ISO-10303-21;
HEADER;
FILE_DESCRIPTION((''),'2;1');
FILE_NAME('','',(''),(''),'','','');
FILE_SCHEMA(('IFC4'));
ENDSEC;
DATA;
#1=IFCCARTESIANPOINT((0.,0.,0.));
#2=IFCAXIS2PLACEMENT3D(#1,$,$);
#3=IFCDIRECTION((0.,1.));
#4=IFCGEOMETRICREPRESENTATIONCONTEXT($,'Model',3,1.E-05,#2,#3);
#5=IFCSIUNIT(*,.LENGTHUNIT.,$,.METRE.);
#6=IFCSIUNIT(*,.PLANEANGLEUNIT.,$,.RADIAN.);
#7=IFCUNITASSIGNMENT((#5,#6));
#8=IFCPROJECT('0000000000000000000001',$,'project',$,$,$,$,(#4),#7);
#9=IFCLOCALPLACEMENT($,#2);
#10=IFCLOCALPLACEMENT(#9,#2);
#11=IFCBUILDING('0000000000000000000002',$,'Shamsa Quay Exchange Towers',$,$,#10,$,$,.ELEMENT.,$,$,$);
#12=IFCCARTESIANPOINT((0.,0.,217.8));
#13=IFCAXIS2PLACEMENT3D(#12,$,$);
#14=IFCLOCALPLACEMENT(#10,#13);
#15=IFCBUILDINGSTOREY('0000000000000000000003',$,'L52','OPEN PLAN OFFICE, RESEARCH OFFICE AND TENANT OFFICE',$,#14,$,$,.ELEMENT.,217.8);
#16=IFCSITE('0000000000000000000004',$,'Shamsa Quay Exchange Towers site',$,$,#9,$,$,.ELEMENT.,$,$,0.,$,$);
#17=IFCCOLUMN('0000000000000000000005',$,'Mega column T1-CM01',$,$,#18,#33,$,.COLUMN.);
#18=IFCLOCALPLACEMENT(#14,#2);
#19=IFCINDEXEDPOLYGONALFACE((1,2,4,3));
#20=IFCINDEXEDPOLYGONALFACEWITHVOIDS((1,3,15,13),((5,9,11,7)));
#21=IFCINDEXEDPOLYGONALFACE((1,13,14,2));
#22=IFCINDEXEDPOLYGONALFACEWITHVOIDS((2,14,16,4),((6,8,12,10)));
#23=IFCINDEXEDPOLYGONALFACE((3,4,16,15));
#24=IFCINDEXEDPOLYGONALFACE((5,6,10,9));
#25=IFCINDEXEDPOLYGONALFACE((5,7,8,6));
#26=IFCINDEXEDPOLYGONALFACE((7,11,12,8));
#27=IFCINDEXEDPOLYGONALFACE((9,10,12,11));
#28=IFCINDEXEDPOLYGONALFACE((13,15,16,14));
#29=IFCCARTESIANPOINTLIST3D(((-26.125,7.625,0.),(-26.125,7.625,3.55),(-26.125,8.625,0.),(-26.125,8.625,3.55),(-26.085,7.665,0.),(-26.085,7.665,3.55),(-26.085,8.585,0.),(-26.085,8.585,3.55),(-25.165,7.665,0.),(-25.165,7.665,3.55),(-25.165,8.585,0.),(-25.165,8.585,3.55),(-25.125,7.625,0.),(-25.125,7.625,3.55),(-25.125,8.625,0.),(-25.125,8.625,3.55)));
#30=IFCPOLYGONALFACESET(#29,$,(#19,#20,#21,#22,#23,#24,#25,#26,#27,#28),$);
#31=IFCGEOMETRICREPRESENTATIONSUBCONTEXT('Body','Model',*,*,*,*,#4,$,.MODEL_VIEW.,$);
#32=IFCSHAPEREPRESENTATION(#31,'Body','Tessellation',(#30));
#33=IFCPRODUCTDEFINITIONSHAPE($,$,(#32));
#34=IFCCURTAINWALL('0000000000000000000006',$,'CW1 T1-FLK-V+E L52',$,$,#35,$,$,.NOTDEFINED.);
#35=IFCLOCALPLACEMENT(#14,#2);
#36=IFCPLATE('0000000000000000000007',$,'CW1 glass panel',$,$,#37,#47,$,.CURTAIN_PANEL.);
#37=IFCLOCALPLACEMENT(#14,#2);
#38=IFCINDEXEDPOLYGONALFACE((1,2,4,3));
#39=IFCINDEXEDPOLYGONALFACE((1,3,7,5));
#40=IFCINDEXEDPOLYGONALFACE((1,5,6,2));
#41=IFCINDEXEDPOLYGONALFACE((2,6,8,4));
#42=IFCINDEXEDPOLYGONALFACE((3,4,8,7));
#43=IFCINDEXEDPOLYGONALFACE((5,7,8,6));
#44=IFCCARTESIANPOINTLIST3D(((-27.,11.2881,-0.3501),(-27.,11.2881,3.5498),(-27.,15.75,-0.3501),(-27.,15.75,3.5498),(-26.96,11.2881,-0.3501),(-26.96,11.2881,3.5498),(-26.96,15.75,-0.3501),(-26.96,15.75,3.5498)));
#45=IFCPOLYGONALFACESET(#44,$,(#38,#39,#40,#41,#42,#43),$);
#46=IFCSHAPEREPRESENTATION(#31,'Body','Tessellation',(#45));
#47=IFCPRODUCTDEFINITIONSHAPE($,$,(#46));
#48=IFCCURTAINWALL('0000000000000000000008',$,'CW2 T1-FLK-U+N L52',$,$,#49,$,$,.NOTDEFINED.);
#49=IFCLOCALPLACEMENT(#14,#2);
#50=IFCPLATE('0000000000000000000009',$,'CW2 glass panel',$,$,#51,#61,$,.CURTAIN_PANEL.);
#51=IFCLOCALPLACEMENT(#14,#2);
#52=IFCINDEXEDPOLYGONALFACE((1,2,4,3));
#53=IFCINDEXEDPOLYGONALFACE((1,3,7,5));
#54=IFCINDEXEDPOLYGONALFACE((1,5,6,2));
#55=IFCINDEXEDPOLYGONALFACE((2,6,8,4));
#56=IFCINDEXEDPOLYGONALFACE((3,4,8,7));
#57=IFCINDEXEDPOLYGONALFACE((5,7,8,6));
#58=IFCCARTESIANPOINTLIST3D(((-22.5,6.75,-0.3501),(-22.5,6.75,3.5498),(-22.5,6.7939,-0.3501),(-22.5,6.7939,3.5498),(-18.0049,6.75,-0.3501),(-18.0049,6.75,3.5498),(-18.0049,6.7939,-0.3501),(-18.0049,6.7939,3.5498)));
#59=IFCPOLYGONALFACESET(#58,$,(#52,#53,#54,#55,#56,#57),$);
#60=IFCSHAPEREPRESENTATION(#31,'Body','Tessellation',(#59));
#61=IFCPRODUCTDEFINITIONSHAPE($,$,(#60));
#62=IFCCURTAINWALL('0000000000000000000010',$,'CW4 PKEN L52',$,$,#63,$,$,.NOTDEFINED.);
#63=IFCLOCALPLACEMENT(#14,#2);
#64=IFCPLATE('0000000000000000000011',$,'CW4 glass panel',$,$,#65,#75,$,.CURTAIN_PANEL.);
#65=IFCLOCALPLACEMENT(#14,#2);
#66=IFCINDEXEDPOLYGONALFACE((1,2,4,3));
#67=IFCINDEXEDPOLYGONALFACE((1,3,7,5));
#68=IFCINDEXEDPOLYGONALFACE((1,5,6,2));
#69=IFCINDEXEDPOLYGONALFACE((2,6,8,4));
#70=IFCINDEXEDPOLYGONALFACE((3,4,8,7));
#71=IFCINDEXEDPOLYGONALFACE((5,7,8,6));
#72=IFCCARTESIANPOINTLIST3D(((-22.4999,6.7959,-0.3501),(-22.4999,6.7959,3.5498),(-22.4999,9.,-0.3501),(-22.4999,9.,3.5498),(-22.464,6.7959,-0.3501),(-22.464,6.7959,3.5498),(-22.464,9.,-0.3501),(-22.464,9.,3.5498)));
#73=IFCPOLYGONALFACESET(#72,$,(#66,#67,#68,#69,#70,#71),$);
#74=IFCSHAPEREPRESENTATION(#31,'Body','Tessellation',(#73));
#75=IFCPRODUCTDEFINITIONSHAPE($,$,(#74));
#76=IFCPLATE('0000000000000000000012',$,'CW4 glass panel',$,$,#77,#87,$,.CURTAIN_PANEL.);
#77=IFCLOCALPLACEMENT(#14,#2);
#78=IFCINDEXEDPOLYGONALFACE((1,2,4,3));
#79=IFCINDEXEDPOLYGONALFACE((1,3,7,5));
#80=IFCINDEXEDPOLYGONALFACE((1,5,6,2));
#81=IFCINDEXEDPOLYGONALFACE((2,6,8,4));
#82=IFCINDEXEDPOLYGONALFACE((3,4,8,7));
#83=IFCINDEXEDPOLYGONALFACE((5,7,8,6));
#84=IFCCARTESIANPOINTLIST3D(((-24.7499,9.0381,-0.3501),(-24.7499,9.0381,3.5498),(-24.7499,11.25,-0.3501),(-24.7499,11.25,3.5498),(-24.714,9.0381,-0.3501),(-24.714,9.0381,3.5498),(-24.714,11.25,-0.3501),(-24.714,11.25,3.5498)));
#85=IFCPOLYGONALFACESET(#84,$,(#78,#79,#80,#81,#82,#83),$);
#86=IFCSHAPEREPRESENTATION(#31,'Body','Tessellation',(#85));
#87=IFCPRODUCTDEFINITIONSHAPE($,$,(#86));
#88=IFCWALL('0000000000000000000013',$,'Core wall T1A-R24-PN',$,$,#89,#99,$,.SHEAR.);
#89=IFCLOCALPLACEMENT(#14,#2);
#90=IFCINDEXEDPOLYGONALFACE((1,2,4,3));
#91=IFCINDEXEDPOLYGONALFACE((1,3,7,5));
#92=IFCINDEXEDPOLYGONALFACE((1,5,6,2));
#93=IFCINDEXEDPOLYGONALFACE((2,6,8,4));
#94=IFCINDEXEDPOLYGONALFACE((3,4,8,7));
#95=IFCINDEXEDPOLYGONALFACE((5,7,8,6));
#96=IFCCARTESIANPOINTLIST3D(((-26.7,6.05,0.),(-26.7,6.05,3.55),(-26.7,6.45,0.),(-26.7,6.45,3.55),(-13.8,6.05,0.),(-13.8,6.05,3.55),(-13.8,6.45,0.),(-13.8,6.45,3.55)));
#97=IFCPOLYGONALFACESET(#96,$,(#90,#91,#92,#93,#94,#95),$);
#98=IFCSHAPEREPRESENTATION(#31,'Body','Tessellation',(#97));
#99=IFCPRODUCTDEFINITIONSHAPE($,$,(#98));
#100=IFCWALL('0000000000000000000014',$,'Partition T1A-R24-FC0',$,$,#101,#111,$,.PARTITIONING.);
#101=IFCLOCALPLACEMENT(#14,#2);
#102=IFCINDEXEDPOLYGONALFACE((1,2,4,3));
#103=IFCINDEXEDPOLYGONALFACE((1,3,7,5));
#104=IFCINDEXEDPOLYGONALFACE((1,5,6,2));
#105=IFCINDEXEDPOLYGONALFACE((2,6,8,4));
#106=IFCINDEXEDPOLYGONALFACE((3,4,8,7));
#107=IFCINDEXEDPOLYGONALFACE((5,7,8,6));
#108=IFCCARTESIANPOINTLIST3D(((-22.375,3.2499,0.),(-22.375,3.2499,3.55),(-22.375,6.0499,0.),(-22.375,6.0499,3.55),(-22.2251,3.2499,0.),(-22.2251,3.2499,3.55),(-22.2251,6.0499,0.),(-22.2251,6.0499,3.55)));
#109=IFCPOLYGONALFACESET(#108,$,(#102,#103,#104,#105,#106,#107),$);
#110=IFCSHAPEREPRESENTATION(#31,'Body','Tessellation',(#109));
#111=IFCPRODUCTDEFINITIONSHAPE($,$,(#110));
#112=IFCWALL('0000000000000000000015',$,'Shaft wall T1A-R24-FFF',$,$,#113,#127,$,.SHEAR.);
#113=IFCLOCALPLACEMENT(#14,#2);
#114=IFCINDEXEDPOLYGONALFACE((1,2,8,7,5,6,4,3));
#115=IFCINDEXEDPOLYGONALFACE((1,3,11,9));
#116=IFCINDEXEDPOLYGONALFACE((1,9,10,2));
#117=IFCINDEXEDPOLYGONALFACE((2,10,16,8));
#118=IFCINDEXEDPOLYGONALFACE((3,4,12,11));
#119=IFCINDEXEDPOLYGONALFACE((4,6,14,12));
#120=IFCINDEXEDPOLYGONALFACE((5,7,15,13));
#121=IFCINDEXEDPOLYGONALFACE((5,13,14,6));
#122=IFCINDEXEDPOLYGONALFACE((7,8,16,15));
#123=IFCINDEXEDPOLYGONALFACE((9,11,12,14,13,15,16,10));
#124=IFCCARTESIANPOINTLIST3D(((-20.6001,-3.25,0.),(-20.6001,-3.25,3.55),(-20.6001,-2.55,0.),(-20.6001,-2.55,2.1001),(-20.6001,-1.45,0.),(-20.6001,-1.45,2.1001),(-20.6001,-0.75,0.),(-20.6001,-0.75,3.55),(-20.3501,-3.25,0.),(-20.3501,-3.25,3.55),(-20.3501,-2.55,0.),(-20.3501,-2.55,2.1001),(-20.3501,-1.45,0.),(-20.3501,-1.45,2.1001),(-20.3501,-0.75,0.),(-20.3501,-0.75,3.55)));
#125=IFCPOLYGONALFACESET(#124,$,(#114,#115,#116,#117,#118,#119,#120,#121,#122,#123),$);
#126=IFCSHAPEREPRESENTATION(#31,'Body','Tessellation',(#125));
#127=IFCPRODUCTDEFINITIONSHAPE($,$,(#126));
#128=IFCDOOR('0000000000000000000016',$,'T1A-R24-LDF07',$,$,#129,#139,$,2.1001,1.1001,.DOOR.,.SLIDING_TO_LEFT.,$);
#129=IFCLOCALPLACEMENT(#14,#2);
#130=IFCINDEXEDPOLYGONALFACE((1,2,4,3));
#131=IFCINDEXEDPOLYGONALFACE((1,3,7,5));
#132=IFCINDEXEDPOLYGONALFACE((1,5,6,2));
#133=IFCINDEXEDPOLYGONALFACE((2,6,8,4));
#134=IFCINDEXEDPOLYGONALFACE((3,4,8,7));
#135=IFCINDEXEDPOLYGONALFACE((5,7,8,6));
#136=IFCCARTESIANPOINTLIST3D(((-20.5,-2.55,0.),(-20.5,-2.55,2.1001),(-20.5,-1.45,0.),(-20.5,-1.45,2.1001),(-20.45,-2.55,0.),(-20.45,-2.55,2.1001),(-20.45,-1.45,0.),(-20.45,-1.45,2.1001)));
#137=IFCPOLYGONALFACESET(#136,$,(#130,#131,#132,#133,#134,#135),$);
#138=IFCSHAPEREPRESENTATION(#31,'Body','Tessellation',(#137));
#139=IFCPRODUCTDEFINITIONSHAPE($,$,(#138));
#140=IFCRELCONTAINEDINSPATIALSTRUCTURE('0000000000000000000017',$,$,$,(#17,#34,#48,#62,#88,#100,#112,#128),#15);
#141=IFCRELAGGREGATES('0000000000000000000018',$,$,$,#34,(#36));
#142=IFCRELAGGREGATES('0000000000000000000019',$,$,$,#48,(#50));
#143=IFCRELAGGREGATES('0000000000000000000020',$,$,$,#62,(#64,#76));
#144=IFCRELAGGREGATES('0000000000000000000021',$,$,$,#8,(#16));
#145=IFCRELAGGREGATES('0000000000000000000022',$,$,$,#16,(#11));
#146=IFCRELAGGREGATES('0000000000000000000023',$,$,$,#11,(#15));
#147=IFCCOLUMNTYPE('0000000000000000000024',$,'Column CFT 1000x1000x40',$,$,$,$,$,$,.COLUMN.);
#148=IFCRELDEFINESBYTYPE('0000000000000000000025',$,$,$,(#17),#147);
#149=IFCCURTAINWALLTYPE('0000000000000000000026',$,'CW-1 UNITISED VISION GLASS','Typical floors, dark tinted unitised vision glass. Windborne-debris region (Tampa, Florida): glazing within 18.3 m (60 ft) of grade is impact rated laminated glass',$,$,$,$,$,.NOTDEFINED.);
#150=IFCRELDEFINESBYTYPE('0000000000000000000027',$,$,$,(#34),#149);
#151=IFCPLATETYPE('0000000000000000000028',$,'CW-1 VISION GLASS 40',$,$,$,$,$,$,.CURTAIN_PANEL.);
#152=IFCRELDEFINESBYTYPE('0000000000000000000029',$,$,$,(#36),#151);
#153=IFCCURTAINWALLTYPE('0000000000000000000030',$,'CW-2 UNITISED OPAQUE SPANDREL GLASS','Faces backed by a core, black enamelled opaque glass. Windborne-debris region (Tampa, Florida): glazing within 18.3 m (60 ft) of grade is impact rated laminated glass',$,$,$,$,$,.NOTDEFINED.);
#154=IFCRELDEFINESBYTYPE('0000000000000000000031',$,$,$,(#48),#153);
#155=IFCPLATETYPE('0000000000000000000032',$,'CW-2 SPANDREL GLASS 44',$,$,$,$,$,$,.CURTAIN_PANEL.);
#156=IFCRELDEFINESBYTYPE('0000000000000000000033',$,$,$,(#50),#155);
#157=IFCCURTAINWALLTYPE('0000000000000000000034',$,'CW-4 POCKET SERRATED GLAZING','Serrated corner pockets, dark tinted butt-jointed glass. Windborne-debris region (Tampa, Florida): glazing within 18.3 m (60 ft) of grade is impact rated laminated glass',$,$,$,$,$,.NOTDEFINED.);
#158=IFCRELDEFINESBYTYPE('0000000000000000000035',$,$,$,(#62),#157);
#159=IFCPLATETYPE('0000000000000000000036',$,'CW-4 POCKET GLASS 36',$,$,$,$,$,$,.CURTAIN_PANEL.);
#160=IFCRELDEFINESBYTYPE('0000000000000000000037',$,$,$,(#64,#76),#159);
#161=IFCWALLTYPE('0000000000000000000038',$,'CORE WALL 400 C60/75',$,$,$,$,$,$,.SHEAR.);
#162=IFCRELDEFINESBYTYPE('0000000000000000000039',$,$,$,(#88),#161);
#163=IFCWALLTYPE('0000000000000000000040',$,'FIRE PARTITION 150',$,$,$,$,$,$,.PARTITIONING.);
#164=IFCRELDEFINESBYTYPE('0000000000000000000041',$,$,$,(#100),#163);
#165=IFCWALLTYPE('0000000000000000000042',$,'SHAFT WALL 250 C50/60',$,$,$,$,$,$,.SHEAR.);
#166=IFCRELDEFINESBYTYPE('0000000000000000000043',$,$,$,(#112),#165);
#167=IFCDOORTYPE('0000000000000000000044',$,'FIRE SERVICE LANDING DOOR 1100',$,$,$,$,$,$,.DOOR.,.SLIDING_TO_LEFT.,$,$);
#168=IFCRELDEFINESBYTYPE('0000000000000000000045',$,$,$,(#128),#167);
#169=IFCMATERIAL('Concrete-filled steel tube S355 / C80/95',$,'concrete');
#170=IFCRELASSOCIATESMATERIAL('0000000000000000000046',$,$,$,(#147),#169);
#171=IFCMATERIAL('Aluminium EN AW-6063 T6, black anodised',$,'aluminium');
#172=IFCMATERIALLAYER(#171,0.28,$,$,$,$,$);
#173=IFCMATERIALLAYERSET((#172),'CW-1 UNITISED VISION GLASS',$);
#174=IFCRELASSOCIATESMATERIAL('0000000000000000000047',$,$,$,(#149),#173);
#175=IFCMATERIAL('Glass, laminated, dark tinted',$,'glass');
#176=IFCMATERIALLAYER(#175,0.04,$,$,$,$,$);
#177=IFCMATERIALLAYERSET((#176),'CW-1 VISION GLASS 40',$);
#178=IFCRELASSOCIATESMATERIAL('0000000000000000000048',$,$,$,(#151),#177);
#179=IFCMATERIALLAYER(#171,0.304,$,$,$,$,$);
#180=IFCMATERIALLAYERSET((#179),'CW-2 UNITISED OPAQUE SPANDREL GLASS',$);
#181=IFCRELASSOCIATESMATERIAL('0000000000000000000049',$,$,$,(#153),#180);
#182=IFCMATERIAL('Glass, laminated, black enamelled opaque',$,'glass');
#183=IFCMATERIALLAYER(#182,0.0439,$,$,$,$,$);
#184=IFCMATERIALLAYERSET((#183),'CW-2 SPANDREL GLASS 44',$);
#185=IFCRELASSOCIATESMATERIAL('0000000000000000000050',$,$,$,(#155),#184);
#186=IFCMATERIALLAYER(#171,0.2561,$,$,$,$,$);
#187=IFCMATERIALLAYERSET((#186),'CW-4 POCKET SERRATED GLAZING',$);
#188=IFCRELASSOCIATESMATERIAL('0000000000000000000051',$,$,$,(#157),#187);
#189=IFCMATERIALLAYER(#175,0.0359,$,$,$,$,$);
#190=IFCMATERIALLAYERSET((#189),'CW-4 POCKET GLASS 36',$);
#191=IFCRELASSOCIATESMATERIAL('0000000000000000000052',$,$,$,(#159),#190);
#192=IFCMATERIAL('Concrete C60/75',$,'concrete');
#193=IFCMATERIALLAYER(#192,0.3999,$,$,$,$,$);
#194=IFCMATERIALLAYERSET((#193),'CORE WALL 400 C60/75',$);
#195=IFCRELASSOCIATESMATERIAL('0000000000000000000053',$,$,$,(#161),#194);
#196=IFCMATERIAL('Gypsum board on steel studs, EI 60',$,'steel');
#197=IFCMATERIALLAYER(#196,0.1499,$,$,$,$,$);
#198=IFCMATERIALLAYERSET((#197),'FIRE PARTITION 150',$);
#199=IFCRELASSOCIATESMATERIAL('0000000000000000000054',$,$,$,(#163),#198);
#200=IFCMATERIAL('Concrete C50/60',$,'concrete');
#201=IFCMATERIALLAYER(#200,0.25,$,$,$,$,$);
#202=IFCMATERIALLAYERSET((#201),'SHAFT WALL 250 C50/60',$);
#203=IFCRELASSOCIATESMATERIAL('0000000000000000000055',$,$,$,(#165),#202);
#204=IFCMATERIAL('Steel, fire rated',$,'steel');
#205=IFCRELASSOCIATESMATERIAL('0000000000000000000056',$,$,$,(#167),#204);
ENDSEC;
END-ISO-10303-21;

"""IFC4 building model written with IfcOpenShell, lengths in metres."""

from ifc_helpers import new_model, si_unit, direction, frame, frame_2d, origin, origin_2d, place, context, subcontext, project, spatial, rectangle, hollow_rectangle, extrude, material, layer, layer_set, material_profile, profile_set, type_object, element, fill, aggregate, save


model = new_model("IFC4")

# Units and contexts
model_context = context("Model", 3, precision=1e-05, world=origin(), true_north=direction((0.0, 1.0)))
body_context = subcontext(model_context, "Body", "Model", "MODEL_VIEW")
ifc_project = project(units=[si_unit("LENGTHUNIT", "METRE"), si_unit("PLANEANGLEUNIT", "RADIAN")], contexts=[model_context])

# Site, building, storey
site_placement = place(None, origin())
site = spatial("IfcSite", under=ifc_project, at=site_placement, Name="Shamsa Quay Exchange Towers site", CompositionType="ELEMENT", RefElevation=0.0)
building_placement = place(site_placement, origin())
building = spatial("IfcBuilding", under=site, at=building_placement, Name="Shamsa Quay Exchange Towers", CompositionType="ELEMENT")
storey_placement = place(building_placement, frame((0.0, 0.0, 217.8)))
storey = spatial("IfcBuildingStorey", under=building, at=storey_placement, Name="L52", Description="OPEN PLAN OFFICE, RESEARCH OFFICE AND TENANT OFFICE", CompositionType="ELEMENT", Elevation=217.8)

# Column
ifc_material_1 = material(Name="Concrete-filled steel tube S355 / C80/95", Category="concrete")
ifc_material_profile = material_profile(ifc_material_1, hollow_rectangle(XDim=1.0, YDim=1.0, WallThickness=0.04, at=origin_2d()), Name="CFT 1000x1000x40")
ifc_profile_set = profile_set([ifc_material_profile], Name="Concrete-filled steel tube S355 / C80/95")
column_type = type_object("IfcColumnType", Name="Column CFT 1000x1000x40", PredefinedType="COLUMN", material=ifc_profile_set)
column_placement = place(storey_placement, frame((-25.625, 8.125, 0.0)))
element("IfcColumn", 1, at=column_placement, inside=storey, type_object=column_type, Name="Mega column T1-CM01", PredefinedType="COLUMN", context=body_context, shape_type="SweptSolid", body=[
    extrude(hollow_rectangle(XDim=1.0, YDim=1.0, WallThickness=0.04, at=origin_2d()), origin(), (0.0, 0.0, 1.0), 3.55),
])

# Curtain walls, plates
ifc_material_2 = material(Name="Aluminium EN AW-6063 T6, black anodised", Category="aluminium")
ifc_layer_1 = layer(ifc_material_2, 0.28)
ifc_layer_set_1 = layer_set([ifc_layer_1], Name="CW-1 UNITISED VISION GLASS")
curtain_wall_type_1 = type_object("IfcCurtainWallType", Name="CW-1 UNITISED VISION GLASS", Description="Typical floors, dark tinted unitised vision glass. Windborne-debris region (Tampa, Florida): glazing within 18.3 m (60 ft) of grade is impact rated laminated glass", PredefinedType="NOTDEFINED", material=ifc_layer_set_1)
curtain_wall_1_placement = place(storey_placement, origin())
curtain_wall_1 = element("IfcCurtainWall", 2, at=curtain_wall_1_placement, inside=storey, type_object=curtain_wall_type_1, Name="CW1 T1-FLK-V+E L52", PredefinedType="NOTDEFINED")
ifc_material_3 = material(Name="Glass, laminated, dark tinted", Category="glass")
ifc_layer_2 = layer(ifc_material_3, 0.04)
ifc_layer_set_2 = layer_set([ifc_layer_2], Name="CW-1 VISION GLASS 40")
plate_type_1 = type_object("IfcPlateType", Name="CW-1 VISION GLASS 40", PredefinedType="CURTAIN_PANEL", material=ifc_layer_set_2)
plate_1_placement = place(storey_placement, frame((-26.98, 13.519, -0.3501), z_axis=(0.0, 0.0, 1.0), x_axis=(0.0, 1.0, 0.0)))
plate_1 = element("IfcPlate", 3, at=plate_1_placement, type_object=plate_type_1, Name="CW1 glass panel", PredefinedType="CURTAIN_PANEL", context=body_context, shape_type="SweptSolid", body=[
    extrude(rectangle(XDim=4.4619, YDim=0.04, at=origin_2d()), origin(), (0.0, 0.0, 1.0), 3.8999),
])
aggregate(curtain_wall_1, [plate_1])
ifc_layer_3 = layer(ifc_material_2, 0.304)
ifc_layer_set_3 = layer_set([ifc_layer_3], Name="CW-2 UNITISED OPAQUE SPANDREL GLASS")
curtain_wall_type_2 = type_object("IfcCurtainWallType", Name="CW-2 UNITISED OPAQUE SPANDREL GLASS", Description="Faces backed by a core, black enamelled opaque glass. Windborne-debris region (Tampa, Florida): glazing within 18.3 m (60 ft) of grade is impact rated laminated glass", PredefinedType="NOTDEFINED", material=ifc_layer_set_3)
curtain_wall_2_placement = place(storey_placement, origin())
curtain_wall_2 = element("IfcCurtainWall", 4, at=curtain_wall_2_placement, inside=storey, type_object=curtain_wall_type_2, Name="CW2 T1-FLK-U+N L52", PredefinedType="NOTDEFINED")
ifc_material_4 = material(Name="Glass, laminated, black enamelled opaque", Category="glass")
ifc_layer_4 = layer(ifc_material_4, 0.0439)
ifc_layer_set_4 = layer_set([ifc_layer_4], Name="CW-2 SPANDREL GLASS 44")
plate_type_2 = type_object("IfcPlateType", Name="CW-2 SPANDREL GLASS 44", PredefinedType="CURTAIN_PANEL", material=ifc_layer_set_4)
plate_2_placement = place(storey_placement, frame((-20.2524, 6.772, -0.3501), z_axis=(0.0, 0.0, 1.0), x_axis=(-1.0, 0.0, 0.0)))
plate_2 = element("IfcPlate", 5, at=plate_2_placement, type_object=plate_type_2, Name="CW2 glass panel", PredefinedType="CURTAIN_PANEL", context=body_context, shape_type="SweptSolid", body=[
    extrude(rectangle(XDim=4.4951, YDim=0.0439, at=origin_2d()), origin(), (0.0, 0.0, 1.0), 3.8999),
])
aggregate(curtain_wall_2, [plate_2])

# Curtain wall, plates
ifc_layer_5 = layer(ifc_material_2, 0.2561)
ifc_layer_set_5 = layer_set([ifc_layer_5], Name="CW-4 POCKET SERRATED GLAZING")
curtain_wall_type_3 = type_object("IfcCurtainWallType", Name="CW-4 POCKET SERRATED GLAZING", Description="Serrated corner pockets, dark tinted butt-jointed glass. Windborne-debris region (Tampa, Florida): glazing within 18.3 m (60 ft) of grade is impact rated laminated glass", PredefinedType="NOTDEFINED", material=ifc_layer_set_5)
curtain_wall_3_placement = place(storey_placement, origin())
curtain_wall_3 = element("IfcCurtainWall", 6, at=curtain_wall_3_placement, inside=storey, type_object=curtain_wall_type_3, Name="CW4 PKEN L52", PredefinedType="NOTDEFINED")
ifc_layer_6 = layer(ifc_material_3, 0.0359)
ifc_layer_set_6 = layer_set([ifc_layer_6], Name="CW-4 POCKET GLASS 36")
plate_type_3 = type_object("IfcPlateType", Name="CW-4 POCKET GLASS 36", PredefinedType="CURTAIN_PANEL", material=ifc_layer_set_6)
plate_3_placement = place(storey_placement, frame((-22.4819, 7.8979, -0.3501), z_axis=(0.0, 0.0, 1.0), x_axis=(0.0, 1.0, 0.0)))
plate_3 = element("IfcPlate", 7, at=plate_3_placement, type_object=plate_type_3, Name="CW4 glass panel", PredefinedType="CURTAIN_PANEL", context=body_context, shape_type="SweptSolid", body=[
    extrude(rectangle(XDim=2.2041, YDim=0.0359, at=origin_2d()), origin(), (0.0, 0.0, 1.0), 3.8999),
])
plate_4_placement = place(storey_placement, frame((-24.7319, 10.144, -0.3501), z_axis=(0.0, 0.0, 1.0), x_axis=(0.0, 1.0, 0.0)))
plate_4 = element("IfcPlate", 8, at=plate_4_placement, type_object=plate_type_3, Name="CW4 glass panel", PredefinedType="CURTAIN_PANEL", context=body_context, shape_type="SweptSolid", body=[
    extrude(rectangle(XDim=2.2119, YDim=0.0359, at=origin_2d()), origin(), (0.0, 0.0, 1.0), 3.8999),
])
aggregate(curtain_wall_3, [plate_3, plate_4])

# Wall
ifc_material_5 = material(Name="Concrete C60/75", Category="concrete")
ifc_layer_7 = layer(ifc_material_5, 0.3999)
ifc_layer_set_7 = layer_set([ifc_layer_7], Name="CORE WALL 400 C60/75")
wall_type_1 = type_object("IfcWallType", Name="CORE WALL 400 C60/75", PredefinedType="SHEAR", material=ifc_layer_set_7)
wall_1_placement = place(storey_placement, frame((-26.7, 6.25, 0.0)))
element("IfcWall", 9, at=wall_1_placement, inside=storey, type_object=wall_type_1, Name="Core wall T1A-R24-PN", PredefinedType="SHEAR", context=body_context, shape_type="SweptSolid", body=[
    extrude(rectangle(XDim=12.8999, YDim=0.3999, at=frame_2d((6.45, 0.0))), origin(), (0.0, 0.0, 1.0), 3.55),
])

# Shared definitions
ifc_material_6 = material(Name="Steel, fire rated", Category="steel")

# Wall
ifc_material_7 = material(Name="Gypsum board on steel studs, EI 60", Category="steel")
ifc_layer_8 = layer(ifc_material_7, 0.1499)
ifc_layer_set_8 = layer_set([ifc_layer_8], Name="FIRE PARTITION 150")
wall_type_2 = type_object("IfcWallType", Name="FIRE PARTITION 150", PredefinedType="PARTITIONING", material=ifc_layer_set_8)
wall_2_placement = place(storey_placement, frame((-22.3, 3.25, 0.0), z_axis=(0.0, 0.0, 1.0), x_axis=(0.0, 1.0, 0.0)))
element("IfcWall", 10, at=wall_2_placement, inside=storey, type_object=wall_type_2, Name="Partition T1A-R24-FC0", PredefinedType="PARTITIONING", context=body_context, shape_type="SweptSolid", body=[
    extrude(rectangle(XDim=2.8, YDim=0.1499, at=frame_2d((1.3999, 0.0))), origin(), (0.0, 0.0, 1.0), 3.55),
])

# Wall, opening, door
ifc_material_8 = material(Name="Concrete C50/60", Category="concrete")
ifc_layer_9 = layer(ifc_material_8, 0.25)
ifc_layer_set_9 = layer_set([ifc_layer_9], Name="SHAFT WALL 250 C50/60")
wall_type_3 = type_object("IfcWallType", Name="SHAFT WALL 250 C50/60", PredefinedType="SHEAR", material=ifc_layer_set_9)
wall_3_placement = place(storey_placement, frame((-20.4751, -3.25, 0.0), z_axis=(0.0, 0.0, 1.0), x_axis=(0.0, 1.0, 0.0)))
wall_3 = element("IfcWall", 11, at=wall_3_placement, inside=storey, type_object=wall_type_3, Name="Shaft wall T1A-R24-FFF", PredefinedType="SHEAR", context=body_context, shape_type="SweptSolid", body=[
    extrude(rectangle(XDim=2.5, YDim=0.25, at=frame_2d((1.25, 0.0))), origin(), (0.0, 0.0, 1.0), 3.55),
])
opening_1_placement = place(wall_3_placement, frame((0.7, 0.0, 0.0)))
opening_1 = element("IfcOpeningElement", 12, at=opening_1_placement, cuts=wall_3, PredefinedType="OPENING", context=body_context, shape_type="SweptSolid", body=[
    extrude(rectangle(XDim=1.1001, YDim=2.1001, at=frame_2d((0.55, 1.05))), frame((0.0, 0.135, 0.0), z_axis=(0.0, -1.0, 0.0), x_axis=(1.0, 0.0, 0.0)), (0.0, 0.0, 1.0), 0.27),
])
door_type_1 = type_object("IfcDoorType", Name="FIRE SERVICE LANDING DOOR 1100", OperationType="SLIDING_TO_LEFT", PredefinedType="DOOR", material=ifc_material_6)
door_1_placement = place(opening_1_placement, origin())
door_1 = element("IfcDoor", 13, at=door_1_placement, inside=storey, type_object=door_type_1, Name="T1A-R24-LDF07", OperationType="SLIDING_TO_LEFT", OverallHeight=2.1001, OverallWidth=1.1001, PredefinedType="DOOR", context=body_context, shape_type="SweptSolid", body=[
    extrude(rectangle(XDim=1.1001, YDim=2.1001, at=frame_2d((0.55, 1.05))), frame((0.0, 0.0249, 0.0), z_axis=(0.0, -1.0, 0.0), x_axis=(1.0, 0.0, 0.0)), (0.0, 0.0, 1.0), 0.05),
])
fill(opening_1, door_1)

save(model, "model.ifc")
